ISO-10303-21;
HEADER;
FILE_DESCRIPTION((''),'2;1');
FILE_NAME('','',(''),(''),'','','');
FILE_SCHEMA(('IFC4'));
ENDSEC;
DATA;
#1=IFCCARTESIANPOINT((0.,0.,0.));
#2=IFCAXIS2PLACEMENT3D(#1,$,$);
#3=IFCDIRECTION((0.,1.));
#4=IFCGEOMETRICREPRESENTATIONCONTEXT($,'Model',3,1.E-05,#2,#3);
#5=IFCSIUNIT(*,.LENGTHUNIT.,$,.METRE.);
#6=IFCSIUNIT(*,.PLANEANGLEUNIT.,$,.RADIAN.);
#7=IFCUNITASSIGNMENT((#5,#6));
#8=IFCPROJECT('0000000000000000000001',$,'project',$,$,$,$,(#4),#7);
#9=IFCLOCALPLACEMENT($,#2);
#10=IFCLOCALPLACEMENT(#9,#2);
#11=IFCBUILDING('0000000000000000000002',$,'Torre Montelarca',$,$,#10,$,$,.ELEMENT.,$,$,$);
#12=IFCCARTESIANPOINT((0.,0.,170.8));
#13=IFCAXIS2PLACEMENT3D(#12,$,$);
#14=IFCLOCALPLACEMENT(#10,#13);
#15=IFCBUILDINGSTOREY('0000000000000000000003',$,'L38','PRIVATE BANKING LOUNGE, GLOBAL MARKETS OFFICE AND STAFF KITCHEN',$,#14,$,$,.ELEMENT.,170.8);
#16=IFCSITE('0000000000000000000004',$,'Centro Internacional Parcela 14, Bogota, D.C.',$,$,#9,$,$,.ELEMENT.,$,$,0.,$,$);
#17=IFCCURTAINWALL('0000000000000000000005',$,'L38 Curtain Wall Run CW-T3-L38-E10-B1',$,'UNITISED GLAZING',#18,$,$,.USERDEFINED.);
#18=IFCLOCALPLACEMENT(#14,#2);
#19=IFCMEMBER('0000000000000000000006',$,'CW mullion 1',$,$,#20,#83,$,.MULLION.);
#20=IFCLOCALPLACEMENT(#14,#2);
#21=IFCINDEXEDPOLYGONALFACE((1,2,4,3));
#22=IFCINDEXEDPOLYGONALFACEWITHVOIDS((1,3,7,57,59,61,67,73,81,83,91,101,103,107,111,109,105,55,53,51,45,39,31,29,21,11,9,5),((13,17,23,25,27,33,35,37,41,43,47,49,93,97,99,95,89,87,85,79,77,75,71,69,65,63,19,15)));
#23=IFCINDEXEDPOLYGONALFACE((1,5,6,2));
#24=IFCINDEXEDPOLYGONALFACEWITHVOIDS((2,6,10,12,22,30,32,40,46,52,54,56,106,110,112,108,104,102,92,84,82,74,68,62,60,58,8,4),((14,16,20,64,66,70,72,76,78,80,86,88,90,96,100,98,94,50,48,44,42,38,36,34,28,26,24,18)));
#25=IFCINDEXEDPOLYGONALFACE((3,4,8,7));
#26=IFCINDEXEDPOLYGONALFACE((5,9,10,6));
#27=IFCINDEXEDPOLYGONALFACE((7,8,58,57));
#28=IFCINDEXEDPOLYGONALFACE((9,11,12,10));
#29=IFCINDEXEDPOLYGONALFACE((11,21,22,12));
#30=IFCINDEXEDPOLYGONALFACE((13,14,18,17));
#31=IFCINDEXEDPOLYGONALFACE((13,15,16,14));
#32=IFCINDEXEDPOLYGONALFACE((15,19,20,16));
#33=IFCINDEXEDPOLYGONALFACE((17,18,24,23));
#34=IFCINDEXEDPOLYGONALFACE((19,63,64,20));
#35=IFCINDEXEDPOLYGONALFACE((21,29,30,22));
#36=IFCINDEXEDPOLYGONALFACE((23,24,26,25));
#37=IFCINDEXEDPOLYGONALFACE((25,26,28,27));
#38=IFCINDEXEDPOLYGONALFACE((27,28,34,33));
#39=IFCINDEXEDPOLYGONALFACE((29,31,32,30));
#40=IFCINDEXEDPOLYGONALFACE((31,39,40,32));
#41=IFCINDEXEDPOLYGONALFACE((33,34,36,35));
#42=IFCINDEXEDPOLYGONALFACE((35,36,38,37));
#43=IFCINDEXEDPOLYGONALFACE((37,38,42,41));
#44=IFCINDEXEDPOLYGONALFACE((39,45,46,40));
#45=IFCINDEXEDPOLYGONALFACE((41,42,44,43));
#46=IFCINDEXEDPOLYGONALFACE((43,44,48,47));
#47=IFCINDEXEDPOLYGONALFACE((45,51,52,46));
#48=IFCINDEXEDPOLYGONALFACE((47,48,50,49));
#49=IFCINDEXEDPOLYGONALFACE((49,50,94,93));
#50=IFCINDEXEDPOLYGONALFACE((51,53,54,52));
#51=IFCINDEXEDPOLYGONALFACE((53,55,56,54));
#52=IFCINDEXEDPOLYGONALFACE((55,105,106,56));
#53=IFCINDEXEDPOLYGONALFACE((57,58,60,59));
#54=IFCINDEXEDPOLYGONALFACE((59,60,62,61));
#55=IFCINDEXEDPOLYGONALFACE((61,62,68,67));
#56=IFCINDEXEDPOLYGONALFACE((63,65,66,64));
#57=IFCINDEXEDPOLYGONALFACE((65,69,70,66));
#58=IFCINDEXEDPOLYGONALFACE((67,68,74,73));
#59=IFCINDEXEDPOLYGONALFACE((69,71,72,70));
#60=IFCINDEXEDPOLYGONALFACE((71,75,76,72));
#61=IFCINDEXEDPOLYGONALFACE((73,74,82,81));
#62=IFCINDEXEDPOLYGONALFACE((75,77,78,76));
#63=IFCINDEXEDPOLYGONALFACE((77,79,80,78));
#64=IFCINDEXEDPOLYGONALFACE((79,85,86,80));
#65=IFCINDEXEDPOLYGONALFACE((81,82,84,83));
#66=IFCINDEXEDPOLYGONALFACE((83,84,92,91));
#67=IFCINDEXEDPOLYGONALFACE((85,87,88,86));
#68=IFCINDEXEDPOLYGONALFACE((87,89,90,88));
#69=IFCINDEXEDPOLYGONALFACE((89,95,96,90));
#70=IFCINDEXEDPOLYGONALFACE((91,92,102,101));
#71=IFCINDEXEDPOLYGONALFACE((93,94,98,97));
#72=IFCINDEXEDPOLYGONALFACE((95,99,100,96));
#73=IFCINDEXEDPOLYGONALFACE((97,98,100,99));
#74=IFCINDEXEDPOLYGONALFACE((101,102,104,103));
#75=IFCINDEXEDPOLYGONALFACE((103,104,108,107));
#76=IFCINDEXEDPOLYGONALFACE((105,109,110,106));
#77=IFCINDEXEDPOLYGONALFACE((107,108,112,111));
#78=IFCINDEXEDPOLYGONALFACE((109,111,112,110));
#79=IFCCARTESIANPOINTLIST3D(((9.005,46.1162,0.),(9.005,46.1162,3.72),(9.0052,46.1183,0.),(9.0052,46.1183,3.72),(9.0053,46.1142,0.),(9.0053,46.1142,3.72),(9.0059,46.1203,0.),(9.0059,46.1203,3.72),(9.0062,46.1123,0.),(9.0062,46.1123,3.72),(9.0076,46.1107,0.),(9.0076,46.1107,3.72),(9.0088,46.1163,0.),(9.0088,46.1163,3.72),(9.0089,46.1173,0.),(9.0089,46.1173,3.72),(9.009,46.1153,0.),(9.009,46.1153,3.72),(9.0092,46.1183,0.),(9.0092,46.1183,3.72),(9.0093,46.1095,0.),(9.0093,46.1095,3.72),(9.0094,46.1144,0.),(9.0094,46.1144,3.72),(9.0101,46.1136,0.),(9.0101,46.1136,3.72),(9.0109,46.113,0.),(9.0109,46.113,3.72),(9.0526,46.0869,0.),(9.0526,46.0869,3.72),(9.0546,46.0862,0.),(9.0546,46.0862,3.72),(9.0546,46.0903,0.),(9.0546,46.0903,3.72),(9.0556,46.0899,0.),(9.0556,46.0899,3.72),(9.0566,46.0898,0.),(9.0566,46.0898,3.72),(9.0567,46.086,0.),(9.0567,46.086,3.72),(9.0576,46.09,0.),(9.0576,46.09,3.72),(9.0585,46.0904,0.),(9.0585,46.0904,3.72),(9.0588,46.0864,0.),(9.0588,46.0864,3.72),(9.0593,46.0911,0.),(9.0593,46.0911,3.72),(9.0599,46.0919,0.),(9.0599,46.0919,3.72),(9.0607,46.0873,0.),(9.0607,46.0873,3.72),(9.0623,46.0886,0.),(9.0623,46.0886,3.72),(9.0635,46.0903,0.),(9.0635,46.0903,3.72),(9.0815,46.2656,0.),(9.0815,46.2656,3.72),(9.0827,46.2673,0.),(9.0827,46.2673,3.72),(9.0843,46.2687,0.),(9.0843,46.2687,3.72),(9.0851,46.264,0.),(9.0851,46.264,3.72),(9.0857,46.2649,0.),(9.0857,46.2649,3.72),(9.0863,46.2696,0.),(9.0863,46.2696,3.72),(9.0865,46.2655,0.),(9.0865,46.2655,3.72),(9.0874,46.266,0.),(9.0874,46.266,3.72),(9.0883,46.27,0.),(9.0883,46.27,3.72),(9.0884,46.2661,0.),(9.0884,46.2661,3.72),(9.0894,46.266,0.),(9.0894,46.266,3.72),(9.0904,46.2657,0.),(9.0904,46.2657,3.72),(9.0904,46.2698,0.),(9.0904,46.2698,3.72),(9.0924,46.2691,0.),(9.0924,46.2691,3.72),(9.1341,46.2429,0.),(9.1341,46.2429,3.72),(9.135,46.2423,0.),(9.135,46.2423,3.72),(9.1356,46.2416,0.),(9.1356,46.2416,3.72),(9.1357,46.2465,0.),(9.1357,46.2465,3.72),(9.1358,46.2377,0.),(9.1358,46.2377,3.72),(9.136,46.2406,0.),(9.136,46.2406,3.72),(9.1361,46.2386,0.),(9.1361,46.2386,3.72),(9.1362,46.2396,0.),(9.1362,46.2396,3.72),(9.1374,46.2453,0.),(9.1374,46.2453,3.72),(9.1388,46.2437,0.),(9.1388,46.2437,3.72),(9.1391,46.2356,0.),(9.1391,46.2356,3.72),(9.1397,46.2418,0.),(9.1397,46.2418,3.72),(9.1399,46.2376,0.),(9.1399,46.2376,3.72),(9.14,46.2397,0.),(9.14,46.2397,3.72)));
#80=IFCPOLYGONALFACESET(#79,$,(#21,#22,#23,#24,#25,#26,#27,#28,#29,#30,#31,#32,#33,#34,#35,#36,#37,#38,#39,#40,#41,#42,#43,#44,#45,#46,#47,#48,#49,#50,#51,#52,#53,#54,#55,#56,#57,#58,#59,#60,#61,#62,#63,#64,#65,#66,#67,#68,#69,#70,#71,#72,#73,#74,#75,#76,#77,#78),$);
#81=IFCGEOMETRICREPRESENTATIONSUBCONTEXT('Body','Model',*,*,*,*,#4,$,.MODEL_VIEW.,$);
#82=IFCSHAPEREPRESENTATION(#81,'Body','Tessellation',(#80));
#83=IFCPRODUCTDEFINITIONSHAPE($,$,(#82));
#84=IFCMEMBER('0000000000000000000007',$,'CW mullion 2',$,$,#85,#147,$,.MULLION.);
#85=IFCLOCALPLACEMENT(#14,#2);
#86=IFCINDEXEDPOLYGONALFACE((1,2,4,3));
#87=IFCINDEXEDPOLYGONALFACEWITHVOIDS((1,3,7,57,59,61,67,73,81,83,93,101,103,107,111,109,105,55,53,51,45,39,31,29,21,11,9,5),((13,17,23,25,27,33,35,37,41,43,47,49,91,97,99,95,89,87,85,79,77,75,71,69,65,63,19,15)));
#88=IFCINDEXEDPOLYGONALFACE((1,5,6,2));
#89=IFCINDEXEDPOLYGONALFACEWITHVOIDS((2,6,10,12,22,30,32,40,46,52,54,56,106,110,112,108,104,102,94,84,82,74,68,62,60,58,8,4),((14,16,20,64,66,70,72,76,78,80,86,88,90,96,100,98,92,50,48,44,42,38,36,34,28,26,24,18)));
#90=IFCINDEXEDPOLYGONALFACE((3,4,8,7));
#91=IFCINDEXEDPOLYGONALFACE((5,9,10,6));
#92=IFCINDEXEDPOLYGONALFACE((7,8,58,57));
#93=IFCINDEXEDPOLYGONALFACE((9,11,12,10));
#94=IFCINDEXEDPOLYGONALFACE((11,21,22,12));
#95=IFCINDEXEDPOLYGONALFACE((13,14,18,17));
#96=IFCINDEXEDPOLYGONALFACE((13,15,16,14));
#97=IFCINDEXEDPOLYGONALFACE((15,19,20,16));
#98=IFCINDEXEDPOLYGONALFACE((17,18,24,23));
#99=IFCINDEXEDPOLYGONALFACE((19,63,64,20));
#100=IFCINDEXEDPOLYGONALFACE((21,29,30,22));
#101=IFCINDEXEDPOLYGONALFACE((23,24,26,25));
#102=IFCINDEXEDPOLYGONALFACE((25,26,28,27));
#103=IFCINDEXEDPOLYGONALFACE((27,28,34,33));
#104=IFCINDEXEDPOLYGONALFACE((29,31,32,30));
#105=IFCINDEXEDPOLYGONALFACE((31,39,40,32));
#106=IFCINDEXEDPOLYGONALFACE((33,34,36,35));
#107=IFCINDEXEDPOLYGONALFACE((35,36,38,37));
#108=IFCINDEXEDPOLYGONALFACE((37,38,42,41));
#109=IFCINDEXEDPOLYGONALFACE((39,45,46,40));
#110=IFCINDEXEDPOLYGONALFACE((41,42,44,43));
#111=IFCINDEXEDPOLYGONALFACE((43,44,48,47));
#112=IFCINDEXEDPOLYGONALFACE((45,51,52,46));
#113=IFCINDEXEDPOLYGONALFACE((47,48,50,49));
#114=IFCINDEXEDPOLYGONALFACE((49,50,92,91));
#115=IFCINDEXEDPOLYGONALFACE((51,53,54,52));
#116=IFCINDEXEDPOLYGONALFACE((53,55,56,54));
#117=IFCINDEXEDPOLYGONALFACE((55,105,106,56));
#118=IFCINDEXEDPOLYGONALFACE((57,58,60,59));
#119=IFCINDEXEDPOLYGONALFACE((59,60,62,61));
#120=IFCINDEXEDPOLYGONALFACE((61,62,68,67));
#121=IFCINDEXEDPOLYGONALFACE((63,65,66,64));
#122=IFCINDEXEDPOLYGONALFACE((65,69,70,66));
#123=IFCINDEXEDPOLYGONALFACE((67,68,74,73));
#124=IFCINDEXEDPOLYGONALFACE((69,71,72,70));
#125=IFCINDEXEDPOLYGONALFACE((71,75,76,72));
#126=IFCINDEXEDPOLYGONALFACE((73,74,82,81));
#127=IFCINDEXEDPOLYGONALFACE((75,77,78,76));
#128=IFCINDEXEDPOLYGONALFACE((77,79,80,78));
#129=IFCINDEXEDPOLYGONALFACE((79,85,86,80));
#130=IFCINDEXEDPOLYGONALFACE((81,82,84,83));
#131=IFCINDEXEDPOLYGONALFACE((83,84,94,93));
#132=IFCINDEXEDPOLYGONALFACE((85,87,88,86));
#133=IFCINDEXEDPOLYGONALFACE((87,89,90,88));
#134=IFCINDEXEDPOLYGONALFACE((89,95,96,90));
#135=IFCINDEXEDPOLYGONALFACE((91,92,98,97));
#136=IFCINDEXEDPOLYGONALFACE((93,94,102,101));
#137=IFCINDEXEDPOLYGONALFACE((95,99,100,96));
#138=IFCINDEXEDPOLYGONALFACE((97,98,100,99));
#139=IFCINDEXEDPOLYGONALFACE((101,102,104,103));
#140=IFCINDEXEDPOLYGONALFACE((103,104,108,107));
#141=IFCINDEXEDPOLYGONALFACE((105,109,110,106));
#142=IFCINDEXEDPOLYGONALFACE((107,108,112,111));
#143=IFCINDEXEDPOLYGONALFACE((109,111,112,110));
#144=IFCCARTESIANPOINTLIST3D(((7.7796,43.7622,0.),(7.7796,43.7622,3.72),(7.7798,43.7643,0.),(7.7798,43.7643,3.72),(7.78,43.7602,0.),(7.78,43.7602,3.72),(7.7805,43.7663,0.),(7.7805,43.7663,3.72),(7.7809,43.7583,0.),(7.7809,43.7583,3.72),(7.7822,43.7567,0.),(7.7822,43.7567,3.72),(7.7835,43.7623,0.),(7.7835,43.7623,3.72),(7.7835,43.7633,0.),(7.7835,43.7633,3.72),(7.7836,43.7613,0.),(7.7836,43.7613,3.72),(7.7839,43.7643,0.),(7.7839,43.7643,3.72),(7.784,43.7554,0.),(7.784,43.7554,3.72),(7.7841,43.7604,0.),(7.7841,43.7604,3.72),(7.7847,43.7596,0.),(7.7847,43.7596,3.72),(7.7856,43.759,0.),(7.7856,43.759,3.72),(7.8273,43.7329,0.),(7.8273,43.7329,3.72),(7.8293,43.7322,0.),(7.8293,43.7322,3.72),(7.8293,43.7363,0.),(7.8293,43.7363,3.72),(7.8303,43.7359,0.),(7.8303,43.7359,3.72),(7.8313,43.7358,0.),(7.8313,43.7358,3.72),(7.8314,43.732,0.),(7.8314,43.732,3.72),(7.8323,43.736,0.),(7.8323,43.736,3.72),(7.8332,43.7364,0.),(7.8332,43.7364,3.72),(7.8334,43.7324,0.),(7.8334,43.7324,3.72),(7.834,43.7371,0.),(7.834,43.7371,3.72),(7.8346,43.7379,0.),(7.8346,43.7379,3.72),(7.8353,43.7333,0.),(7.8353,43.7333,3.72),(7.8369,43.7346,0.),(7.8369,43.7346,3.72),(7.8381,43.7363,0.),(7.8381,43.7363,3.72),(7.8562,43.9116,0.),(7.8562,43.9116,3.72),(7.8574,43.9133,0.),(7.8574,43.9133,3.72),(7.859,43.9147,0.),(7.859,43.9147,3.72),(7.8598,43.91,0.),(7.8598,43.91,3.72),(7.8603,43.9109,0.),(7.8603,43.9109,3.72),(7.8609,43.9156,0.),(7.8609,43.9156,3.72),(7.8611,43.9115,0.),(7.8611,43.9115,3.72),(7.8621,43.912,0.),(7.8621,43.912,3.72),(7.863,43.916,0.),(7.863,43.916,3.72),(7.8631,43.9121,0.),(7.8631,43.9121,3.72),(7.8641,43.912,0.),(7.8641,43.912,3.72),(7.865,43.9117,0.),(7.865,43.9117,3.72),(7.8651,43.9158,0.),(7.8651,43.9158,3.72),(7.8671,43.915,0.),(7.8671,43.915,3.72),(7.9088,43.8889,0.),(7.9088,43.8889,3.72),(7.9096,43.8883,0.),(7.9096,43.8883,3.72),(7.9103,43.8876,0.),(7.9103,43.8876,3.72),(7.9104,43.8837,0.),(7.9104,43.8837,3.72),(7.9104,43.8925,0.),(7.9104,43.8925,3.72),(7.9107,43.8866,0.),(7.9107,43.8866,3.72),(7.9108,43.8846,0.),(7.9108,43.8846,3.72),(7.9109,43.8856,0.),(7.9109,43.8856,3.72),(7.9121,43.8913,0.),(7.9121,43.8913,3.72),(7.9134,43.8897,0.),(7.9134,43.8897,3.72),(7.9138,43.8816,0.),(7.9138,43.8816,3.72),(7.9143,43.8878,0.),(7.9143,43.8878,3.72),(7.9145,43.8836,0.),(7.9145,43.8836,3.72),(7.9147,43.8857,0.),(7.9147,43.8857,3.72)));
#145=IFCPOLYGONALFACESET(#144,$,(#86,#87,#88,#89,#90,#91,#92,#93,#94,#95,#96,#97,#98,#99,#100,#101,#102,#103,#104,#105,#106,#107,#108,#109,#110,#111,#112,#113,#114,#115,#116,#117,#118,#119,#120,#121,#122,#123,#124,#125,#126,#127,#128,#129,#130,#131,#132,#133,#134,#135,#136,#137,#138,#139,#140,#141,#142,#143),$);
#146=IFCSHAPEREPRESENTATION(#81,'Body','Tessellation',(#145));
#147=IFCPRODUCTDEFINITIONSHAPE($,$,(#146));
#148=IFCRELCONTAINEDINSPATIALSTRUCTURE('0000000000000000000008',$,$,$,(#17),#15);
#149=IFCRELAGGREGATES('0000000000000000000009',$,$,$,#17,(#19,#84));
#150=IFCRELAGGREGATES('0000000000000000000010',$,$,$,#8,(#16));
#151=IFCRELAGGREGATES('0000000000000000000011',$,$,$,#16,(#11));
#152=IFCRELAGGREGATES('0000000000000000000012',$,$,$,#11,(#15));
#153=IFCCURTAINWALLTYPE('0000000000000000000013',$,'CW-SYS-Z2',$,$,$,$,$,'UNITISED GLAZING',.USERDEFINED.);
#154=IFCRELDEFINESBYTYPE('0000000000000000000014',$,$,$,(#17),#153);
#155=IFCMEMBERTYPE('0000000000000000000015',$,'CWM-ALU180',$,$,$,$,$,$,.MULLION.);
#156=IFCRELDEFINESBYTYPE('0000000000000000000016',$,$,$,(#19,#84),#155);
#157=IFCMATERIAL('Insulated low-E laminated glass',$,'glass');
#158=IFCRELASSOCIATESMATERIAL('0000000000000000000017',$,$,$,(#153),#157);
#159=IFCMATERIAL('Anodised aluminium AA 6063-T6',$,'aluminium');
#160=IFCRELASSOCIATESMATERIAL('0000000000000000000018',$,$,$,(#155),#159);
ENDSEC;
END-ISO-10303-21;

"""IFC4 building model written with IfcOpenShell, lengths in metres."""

from ifc_helpers import new_model, si_unit, direction, frame, origin, origin_2d, place, context, subcontext, project, spatial, hollow_rectangle, extrude, source, transform, mapped, material, material_profile, profile_set, type_object, element, aggregate, save


model = new_model("IFC4")

# Units and contexts
model_context = context("Model", 3, precision=1e-05, world=origin(), true_north=direction((0.0, 1.0)))
body_context = subcontext(model_context, "Body", "Model", "MODEL_VIEW")
ifc_project = project(units=[si_unit("LENGTHUNIT", "METRE"), si_unit("PLANEANGLEUNIT", "RADIAN")], contexts=[model_context])

# Site, building, storey
site_placement = place(None, origin())
site = spatial("IfcSite", under=ifc_project, at=site_placement, Name="Centro Internacional Parcela 14, Bogota, D.C.", CompositionType="ELEMENT", RefElevation=0.0)
building_placement = place(site_placement, origin())
building = spatial("IfcBuilding", under=site, at=building_placement, Name="Torre Montelarca", CompositionType="ELEMENT")
storey_placement = place(building_placement, frame((0.0, 0.0, 170.8)))
storey = spatial("IfcBuildingStorey", under=building, at=storey_placement, Name="L38", Description="PRIVATE BANKING LOUNGE, GLOBAL MARKETS OFFICE AND STAFF KITCHEN", CompositionType="ELEMENT", Elevation=170.8)

# Curtain wall
ifc_material_1 = material(Name="Insulated low-E laminated glass", Category="glass")
curtain_wall_type = type_object("IfcCurtainWallType", Name="CW-SYS-Z2", ElementType="UNITISED GLAZING", PredefinedType="USERDEFINED", material=ifc_material_1)
ifc_material_2 = material(Name="Anodised aluminium AA 6063-T6", Category="aluminium")
curtain_wall_1_placement = place(storey_placement, origin())
curtain_wall_1 = element("IfcCurtainWall", 1, at=curtain_wall_1_placement, inside=storey, type_object=curtain_wall_type, Name="L38 Curtain Wall Run CW-T3-L38-E10-B1", ObjectType="UNITISED GLAZING", PredefinedType="USERDEFINED")

# Shared definitions
ifc_material_profile_1 = material_profile(ifc_material_2, hollow_rectangle(XDim=0.0649, YDim=0.1799, WallThickness=0.0039, InnerFilletRadius=0.0039, OuterFilletRadius=0.0081, at=origin_2d()), Name="ALU65X180X4", Category="aluminium")
ifc_profile_set_1 = profile_set([ifc_material_profile_1], Name="Anodised aluminium AA 6063-T6")
member_type_1 = type_object("IfcMemberType", Name="CWM-ALU180", PredefinedType="MULLION", material=ifc_profile_set_1)
shared_shape_1 = source(origin(), body_context, "Body", "SweptSolid", [
    extrude(hollow_rectangle(XDim=0.0649, YDim=0.1799, WallThickness=0.0039, InnerFilletRadius=0.0039, OuterFilletRadius=0.0081, at=origin_2d()), origin(), (0.0, 0.0, 1.0), 3.72),
])

# Members
member_1_placement = place(storey_placement, frame((9.0725, 46.178, 0.0), z_axis=(0.0, 0.0, 1.0), x_axis=(0.887012, -0.461747, 0.0)))
member_1 = element("IfcMember", 2, at=member_1_placement, type_object=member_type_1, Name="CW mullion 1", PredefinedType="MULLION", context=body_context, shape_type="MappedRepresentation", body=[
    mapped(shared_shape_1, transform((0.0, 0.0, 0.0), scale=1.0)),
])
member_2_placement = place(storey_placement, frame((7.8472, 43.824, 0.0), z_axis=(0.0, 0.0, 1.0), x_axis=(0.887012, -0.461747, 0.0)))
member_2 = element("IfcMember", 3, at=member_2_placement, type_object=member_type_1, Name="CW mullion 2", PredefinedType="MULLION", context=body_context, shape_type="MappedRepresentation", body=[
    mapped(shared_shape_1, transform((0.0, 0.0, 0.0), scale=1.0)),
])

aggregate(curtain_wall_1, [member_1, member_2])

save(model, "model.ifc")
